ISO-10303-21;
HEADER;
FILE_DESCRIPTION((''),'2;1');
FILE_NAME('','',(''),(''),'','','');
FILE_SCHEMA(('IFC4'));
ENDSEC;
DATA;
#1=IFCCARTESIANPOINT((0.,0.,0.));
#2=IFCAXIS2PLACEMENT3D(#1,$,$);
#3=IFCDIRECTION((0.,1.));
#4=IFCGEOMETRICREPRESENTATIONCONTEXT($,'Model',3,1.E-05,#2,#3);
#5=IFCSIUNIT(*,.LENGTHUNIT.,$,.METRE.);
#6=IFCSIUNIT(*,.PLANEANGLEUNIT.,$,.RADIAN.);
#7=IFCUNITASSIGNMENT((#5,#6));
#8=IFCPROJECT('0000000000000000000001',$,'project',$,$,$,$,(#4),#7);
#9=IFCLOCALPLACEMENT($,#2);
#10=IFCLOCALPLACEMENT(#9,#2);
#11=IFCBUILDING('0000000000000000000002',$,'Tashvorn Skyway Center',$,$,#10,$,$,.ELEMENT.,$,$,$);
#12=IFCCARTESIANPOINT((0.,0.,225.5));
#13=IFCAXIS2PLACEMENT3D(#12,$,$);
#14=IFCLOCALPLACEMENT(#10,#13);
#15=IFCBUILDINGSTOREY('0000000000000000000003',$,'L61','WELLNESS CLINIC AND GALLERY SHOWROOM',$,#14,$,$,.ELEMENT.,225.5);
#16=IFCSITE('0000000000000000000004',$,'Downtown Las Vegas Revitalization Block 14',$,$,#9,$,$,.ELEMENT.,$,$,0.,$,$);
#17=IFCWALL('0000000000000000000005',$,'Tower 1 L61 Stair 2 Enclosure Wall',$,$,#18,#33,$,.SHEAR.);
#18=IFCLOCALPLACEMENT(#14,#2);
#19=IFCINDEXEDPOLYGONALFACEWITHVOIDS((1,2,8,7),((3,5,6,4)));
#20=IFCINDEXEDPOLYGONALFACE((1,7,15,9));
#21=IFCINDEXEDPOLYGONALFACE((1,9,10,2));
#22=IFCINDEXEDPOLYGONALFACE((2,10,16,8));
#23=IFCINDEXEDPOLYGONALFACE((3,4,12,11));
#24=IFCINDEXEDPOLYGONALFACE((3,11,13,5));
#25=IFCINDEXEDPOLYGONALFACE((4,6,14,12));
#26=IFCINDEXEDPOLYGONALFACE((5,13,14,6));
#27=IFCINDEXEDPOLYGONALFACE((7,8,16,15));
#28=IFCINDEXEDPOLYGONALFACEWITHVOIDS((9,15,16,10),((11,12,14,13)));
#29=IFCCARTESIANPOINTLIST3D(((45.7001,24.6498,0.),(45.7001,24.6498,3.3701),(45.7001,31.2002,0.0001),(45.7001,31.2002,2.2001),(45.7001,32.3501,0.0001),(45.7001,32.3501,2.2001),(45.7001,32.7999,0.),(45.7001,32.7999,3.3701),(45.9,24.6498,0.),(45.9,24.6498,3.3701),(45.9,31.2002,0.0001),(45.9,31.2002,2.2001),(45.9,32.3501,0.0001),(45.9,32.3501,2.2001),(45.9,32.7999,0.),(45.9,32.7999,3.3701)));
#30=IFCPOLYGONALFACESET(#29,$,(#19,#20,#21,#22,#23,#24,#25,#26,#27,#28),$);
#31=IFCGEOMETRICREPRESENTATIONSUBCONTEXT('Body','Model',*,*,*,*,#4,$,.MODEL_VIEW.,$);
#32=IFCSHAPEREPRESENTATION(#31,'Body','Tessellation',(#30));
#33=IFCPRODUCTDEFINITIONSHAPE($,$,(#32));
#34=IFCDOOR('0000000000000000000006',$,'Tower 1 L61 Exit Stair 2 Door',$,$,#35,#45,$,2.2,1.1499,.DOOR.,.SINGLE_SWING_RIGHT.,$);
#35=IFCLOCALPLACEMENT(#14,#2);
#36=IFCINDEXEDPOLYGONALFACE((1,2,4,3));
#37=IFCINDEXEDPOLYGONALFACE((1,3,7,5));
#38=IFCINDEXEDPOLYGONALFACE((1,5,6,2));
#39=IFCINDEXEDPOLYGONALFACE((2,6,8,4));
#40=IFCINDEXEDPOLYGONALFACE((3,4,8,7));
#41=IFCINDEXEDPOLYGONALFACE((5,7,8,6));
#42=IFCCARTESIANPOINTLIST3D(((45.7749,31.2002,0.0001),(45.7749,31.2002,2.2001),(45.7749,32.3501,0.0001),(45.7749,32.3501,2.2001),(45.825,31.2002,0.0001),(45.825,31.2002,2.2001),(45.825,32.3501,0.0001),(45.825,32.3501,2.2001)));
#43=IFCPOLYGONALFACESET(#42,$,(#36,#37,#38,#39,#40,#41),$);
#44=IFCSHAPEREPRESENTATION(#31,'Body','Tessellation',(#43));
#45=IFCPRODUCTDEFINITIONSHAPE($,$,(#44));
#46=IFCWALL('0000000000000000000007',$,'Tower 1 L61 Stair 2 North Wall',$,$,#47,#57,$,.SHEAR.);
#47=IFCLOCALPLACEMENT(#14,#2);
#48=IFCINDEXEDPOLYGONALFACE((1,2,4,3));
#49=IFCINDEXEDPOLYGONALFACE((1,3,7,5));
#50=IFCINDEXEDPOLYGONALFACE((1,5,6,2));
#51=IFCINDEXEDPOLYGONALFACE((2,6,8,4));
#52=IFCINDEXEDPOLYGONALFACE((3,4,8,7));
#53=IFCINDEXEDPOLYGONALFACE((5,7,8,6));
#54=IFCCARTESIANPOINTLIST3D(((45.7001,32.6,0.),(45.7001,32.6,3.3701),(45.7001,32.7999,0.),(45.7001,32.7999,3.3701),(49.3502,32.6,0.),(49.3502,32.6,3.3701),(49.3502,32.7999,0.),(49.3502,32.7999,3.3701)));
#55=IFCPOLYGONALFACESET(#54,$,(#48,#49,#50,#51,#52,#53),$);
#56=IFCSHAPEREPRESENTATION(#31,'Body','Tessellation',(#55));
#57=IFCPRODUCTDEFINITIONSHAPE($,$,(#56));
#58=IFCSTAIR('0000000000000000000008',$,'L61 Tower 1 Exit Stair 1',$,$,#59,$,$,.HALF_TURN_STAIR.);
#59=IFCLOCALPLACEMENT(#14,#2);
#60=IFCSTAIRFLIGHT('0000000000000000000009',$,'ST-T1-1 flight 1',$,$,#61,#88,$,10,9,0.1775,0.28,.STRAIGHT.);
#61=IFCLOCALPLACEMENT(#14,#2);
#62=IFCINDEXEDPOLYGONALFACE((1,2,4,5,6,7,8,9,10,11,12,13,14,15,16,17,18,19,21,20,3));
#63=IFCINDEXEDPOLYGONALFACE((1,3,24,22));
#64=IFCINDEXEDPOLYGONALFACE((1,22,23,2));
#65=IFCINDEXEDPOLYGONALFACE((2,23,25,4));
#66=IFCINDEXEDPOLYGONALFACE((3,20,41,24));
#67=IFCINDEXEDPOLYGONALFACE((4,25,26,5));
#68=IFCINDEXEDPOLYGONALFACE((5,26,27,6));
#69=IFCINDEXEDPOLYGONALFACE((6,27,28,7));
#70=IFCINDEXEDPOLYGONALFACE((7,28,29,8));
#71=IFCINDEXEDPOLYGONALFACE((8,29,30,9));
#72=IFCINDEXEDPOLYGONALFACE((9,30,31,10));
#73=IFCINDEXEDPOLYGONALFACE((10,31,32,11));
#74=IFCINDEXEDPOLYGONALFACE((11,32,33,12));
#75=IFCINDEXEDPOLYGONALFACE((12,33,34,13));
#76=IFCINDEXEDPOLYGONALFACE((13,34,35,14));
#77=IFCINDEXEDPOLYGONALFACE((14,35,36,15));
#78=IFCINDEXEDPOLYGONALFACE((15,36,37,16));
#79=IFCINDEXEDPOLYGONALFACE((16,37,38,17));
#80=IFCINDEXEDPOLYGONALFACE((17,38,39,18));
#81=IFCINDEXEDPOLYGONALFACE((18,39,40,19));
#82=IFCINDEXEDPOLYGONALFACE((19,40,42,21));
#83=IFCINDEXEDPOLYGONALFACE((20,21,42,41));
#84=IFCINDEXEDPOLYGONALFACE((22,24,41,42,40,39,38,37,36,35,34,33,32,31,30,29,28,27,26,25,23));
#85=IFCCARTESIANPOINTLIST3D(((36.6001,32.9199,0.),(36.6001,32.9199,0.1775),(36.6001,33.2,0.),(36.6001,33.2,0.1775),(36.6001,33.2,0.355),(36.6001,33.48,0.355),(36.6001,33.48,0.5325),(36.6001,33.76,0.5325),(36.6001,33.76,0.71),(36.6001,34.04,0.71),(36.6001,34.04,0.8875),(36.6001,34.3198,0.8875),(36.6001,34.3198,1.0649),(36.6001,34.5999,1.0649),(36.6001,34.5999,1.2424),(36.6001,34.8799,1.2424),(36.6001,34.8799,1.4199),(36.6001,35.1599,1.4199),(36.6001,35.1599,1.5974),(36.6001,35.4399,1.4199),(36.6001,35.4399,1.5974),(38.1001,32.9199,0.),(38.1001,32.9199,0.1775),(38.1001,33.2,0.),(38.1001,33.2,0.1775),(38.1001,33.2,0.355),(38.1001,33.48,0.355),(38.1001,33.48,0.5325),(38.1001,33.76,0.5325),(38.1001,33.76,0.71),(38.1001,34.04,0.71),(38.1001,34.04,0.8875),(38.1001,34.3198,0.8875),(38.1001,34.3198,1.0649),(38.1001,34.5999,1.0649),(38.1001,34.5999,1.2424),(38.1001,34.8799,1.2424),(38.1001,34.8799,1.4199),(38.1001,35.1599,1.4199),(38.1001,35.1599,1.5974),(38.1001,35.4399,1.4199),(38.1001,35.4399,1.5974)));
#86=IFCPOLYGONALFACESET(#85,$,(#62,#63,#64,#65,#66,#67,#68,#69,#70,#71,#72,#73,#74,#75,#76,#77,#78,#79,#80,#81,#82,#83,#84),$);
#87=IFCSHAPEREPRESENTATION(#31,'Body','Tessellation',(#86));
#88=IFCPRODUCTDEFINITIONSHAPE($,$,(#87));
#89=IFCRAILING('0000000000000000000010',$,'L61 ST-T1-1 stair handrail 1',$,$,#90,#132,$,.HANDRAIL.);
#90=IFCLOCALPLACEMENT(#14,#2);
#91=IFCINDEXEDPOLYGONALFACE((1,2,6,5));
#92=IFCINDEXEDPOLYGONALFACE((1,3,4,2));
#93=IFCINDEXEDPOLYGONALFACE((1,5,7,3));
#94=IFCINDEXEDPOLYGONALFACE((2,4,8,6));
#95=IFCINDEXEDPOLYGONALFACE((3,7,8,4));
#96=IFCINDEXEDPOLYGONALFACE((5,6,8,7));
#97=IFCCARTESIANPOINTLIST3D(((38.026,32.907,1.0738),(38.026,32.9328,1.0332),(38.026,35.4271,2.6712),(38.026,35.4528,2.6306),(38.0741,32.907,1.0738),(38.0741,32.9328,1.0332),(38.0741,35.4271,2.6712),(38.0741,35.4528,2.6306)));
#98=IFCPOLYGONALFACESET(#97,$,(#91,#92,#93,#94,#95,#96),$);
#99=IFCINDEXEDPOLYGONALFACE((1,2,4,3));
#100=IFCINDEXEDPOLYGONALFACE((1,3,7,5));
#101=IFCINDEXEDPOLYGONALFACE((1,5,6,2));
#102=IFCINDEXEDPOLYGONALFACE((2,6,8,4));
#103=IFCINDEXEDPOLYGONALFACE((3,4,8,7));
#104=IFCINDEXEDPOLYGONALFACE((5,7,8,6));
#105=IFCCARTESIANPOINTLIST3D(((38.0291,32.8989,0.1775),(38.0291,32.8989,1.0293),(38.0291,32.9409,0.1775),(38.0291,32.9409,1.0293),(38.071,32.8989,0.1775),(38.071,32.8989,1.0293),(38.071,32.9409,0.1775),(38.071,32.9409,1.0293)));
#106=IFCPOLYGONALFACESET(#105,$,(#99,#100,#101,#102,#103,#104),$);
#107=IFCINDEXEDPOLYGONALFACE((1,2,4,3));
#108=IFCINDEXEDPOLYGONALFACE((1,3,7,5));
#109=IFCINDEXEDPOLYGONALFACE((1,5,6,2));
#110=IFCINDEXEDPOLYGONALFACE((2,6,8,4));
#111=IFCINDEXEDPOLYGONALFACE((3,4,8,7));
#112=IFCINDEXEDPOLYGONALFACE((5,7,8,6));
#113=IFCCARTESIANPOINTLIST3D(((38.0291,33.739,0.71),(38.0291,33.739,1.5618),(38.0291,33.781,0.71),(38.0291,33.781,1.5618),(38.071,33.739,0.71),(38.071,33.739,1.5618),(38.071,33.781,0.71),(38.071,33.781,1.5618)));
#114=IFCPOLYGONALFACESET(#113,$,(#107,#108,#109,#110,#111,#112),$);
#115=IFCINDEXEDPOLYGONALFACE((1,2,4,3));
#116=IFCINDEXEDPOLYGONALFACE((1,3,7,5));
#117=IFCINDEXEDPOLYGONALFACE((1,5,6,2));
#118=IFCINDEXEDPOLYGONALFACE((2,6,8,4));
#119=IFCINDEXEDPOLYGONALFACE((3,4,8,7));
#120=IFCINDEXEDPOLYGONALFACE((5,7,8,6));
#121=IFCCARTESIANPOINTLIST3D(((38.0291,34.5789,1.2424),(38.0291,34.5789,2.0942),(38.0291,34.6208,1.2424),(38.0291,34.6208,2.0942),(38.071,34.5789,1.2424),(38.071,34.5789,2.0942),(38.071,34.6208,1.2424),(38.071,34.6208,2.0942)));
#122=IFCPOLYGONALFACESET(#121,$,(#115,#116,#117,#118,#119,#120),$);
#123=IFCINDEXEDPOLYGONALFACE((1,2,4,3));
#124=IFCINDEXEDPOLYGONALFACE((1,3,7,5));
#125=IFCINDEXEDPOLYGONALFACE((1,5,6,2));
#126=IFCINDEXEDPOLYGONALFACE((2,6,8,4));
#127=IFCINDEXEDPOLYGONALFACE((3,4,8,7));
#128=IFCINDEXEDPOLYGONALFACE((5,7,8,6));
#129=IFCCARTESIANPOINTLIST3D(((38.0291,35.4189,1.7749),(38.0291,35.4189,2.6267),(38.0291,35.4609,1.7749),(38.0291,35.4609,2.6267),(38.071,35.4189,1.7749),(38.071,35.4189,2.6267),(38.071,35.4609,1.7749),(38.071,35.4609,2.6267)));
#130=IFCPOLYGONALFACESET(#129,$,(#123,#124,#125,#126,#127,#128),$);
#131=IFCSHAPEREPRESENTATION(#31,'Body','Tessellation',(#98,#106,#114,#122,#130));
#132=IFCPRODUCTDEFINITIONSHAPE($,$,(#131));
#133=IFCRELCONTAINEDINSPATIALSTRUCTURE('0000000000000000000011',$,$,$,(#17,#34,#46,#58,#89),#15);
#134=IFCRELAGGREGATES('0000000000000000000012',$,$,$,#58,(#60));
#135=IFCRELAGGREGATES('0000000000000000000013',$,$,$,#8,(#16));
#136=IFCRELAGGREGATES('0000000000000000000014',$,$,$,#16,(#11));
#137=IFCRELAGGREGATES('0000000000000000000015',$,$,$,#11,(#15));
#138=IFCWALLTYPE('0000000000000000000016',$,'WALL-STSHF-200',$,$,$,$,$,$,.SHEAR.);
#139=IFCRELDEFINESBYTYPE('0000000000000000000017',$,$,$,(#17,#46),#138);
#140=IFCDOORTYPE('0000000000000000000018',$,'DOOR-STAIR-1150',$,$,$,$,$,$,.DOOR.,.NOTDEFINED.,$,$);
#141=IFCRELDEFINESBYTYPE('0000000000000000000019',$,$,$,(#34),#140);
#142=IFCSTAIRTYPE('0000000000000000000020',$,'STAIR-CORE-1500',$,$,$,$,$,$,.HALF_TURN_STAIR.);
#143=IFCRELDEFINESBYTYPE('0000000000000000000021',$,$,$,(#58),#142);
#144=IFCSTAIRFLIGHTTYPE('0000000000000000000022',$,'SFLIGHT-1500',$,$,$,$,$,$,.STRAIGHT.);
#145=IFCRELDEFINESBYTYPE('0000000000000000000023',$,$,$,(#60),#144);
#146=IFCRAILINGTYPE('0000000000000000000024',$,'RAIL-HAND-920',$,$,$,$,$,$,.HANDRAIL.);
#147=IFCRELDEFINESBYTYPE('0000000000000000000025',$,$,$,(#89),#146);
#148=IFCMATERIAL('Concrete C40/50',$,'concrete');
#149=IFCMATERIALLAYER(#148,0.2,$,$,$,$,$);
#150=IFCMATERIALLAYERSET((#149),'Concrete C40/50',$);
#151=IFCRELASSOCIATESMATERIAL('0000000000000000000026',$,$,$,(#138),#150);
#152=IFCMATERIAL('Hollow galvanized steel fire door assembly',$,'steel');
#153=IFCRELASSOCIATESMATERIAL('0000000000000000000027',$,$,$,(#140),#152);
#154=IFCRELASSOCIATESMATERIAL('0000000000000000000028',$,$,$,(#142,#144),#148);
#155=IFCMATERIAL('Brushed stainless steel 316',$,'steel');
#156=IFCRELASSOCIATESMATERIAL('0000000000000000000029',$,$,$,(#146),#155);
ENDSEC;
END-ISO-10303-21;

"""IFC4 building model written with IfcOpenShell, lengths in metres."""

from ifc_helpers import new_model, si_unit, direction, frame, frame_2d, origin, origin_2d, place, context, subcontext, project, spatial, polyline, rectangle, outline, extrude, material, layer, layer_set, type_object, element, fill, aggregate, save


model = new_model("IFC4")

# Units and contexts
model_context = context("Model", 3, precision=1e-05, world=origin(), true_north=direction((0.0, 1.0)))
body_context = subcontext(model_context, "Body", "Model", "MODEL_VIEW")
ifc_project = project(units=[si_unit("LENGTHUNIT", "METRE"), si_unit("PLANEANGLEUNIT", "RADIAN")], contexts=[model_context])

# Site, building, storey
site_placement = place(None, origin())
site = spatial("IfcSite", under=ifc_project, at=site_placement, Name="Downtown Las Vegas Revitalization Block 14", CompositionType="ELEMENT", RefElevation=0.0)
building_placement = place(site_placement, origin())
building = spatial("IfcBuilding", under=site, at=building_placement, Name="Tashvorn Skyway Center", CompositionType="ELEMENT")
storey_placement = place(building_placement, frame((0.0, 0.0, 225.5)))
storey = spatial("IfcBuildingStorey", under=building, at=storey_placement, Name="L61", Description="WELLNESS CLINIC AND GALLERY SHOWROOM", CompositionType="ELEMENT", Elevation=225.5)

# Shared definitions
ifc_material_1 = material(Name="Concrete C40/50", Category="concrete")

# Shared definitions
ifc_material_2 = material(Name="Hollow galvanized steel fire door assembly", Category="steel")

# Wall, opening, door
ifc_layer_1 = layer(ifc_material_1, 0.2)
ifc_layer_set_1 = layer_set([ifc_layer_1], Name="Concrete C40/50")
wall_type_1 = type_object("IfcWallType", Name="WALL-STSHF-200", PredefinedType="SHEAR", material=ifc_layer_set_1)
wall_1_placement = place(storey_placement, frame((45.8, 32.8, 0.0), z_axis=(0.0, 0.0, 1.0), x_axis=(0.0, -1.0, 0.0)))
wall_1 = element("IfcWall", 1, at=wall_1_placement, inside=storey, type_object=wall_type_1, Name="Tower 1 L61 Stair 2 Enclosure Wall", PredefinedType="SHEAR", context=body_context, shape_type="SweptSolid", body=[
    extrude(rectangle(XDim=8.1501, YDim=0.2, at=frame_2d((4.0752, 0.0))), origin(), (0.0, 0.0, 1.0), 3.3701),
])
opening_1_placement = place(wall_1_placement, frame((0.45, 0.0, 0.0)))
opening_1 = element("IfcOpeningElement", 2, at=opening_1_placement, cuts=wall_1, PredefinedType="OPENING", context=body_context, shape_type="SweptSolid", body=[
    extrude(rectangle(XDim=1.1499, YDim=2.2, at=frame_2d((0.575, 1.1001))), frame((0.0, 0.1099, 0.0), z_axis=(0.0, -1.0, 0.0), x_axis=(1.0, 0.0, 0.0)), (0.0, 0.0, 1.0), 0.22),
])
door_type_1 = type_object("IfcDoorType", Name="DOOR-STAIR-1150", OperationType="NOTDEFINED", PredefinedType="DOOR", material=ifc_material_2)
door_1_placement = place(opening_1_placement, origin())
door_1 = element("IfcDoor", 3, at=door_1_placement, inside=storey, type_object=door_type_1, Name="Tower 1 L61 Exit Stair 2 Door", OperationType="SINGLE_SWING_RIGHT", OverallHeight=2.2, OverallWidth=1.1499, PredefinedType="DOOR", context=body_context, shape_type="SweptSolid", body=[
    extrude(rectangle(XDim=1.1499, YDim=2.2, at=frame_2d((0.575, 1.1001))), frame((0.0, 0.0249, 0.0), z_axis=(0.0, -1.0, 0.0), x_axis=(1.0, 0.0, 0.0)), (0.0, 0.0, 1.0), 0.05),
])
fill(opening_1, door_1)

# Wall
wall_2_placement = place(storey_placement, frame((45.7, 32.7, 0.0), z_axis=(0.0, 0.0, 1.0), x_axis=(1.0, 0.0, 0.0)))
element("IfcWall", 4, at=wall_2_placement, inside=storey, type_object=wall_type_1, Name="Tower 1 L61 Stair 2 North Wall", PredefinedType="SHEAR", context=body_context, shape_type="SweptSolid", body=[
    extrude(rectangle(XDim=3.6501, YDim=0.2, at=frame_2d((1.8252, 0.0))), origin(), (0.0, 0.0, 1.0), 3.3701),
])

# Stair, stair flight
stair_type = type_object("IfcStairType", Name="STAIR-CORE-1500", PredefinedType="HALF_TURN_STAIR", material=ifc_material_1)
stair_placement = place(storey_placement, origin())
stair = element("IfcStair", 5, at=stair_placement, inside=storey, type_object=stair_type, Name="L61 Tower 1 Exit Stair 1", PredefinedType="HALF_TURN_STAIR")
stair_flight_type = type_object("IfcStairFlightType", Name="SFLIGHT-1500", PredefinedType="STRAIGHT", material=ifc_material_1)
stair_flight_placement = place(storey_placement, frame((37.3501, 32.9199, 0.0), z_axis=(0.0, 0.0, 1.0), x_axis=(0.0, 1.0, 0.0)))
stair_flight = element("IfcStairFlight", 6, at=stair_flight_placement, type_object=stair_flight_type, Name="ST-T1-1 flight 1", NumberOfRisers=10, NumberOfTreads=9, PredefinedType="STRAIGHT", RiserHeight=0.1775, TreadLength=0.28, context=body_context, shape_type="SweptSolid", body=[
    extrude(outline(polyline([(0.0, 0.0), (0.0, 0.1775), (0.28, 0.1775), (0.28, 0.355), (0.5601, 0.355), (0.5601, 0.5325), (0.8401, 0.5325), (0.8401, 0.71), (1.1201, 0.71), (1.1201, 0.8875), (1.3999, 0.8875), (1.3999, 1.0649), (1.6799, 1.0649), (1.6799, 1.2424), (1.96, 1.2424), (1.96, 1.4199), (2.24, 1.4199), (2.24, 1.5974), (2.52, 1.5974), (2.52, 1.7749), (2.52, 1.4199), (0.28, 0.0), (0.0, 0.0)])), frame((0.0, 0.75, 0.0), z_axis=(0.0, -1.0, 0.0), x_axis=(1.0, 0.0, 0.0)), (0.0, 0.0, 1.0), 1.5),
])
aggregate(stair, [stair_flight])

# Railing
ifc_material_3 = material(Name="Brushed stainless steel 316", Category="steel")
railing_type = type_object("IfcRailingType", Name="RAIL-HAND-920", PredefinedType="HANDRAIL", material=ifc_material_3)
railing_placement = place(storey_placement, frame((38.05, 32.9199, 0.1775)))
element("IfcRailing", 7, at=railing_placement, inside=storey, type_object=railing_type, Name="L61 ST-T1-1 stair handrail 1", PredefinedType="HANDRAIL", context=body_context, shape_type="SweptSolid", body=[
    extrude(rectangle(XDim=0.0481, YDim=0.0481, at=origin_2d()), frame((0.0, 0.0, 0.876), z_axis=(0.0, 0.844607, 0.535387), x_axis=(-1.0, 0.0, 0.0)), (0.0, 0.0, 1.0), 2.9836),
    extrude(rectangle(XDim=0.042, YDim=0.042, at=origin_2d()), origin(), (0.0, 0.0, 1.0), 0.8518),
    extrude(rectangle(XDim=0.042, YDim=0.042, at=origin_2d()), frame((0.0, 0.8401, 0.5325)), (0.0, 0.0, 1.0), 0.8518),
    extrude(rectangle(XDim=0.042, YDim=0.042, at=origin_2d()), frame((0.0, 1.6799, 1.0649)), (0.0, 0.0, 1.0), 0.8518),
    extrude(rectangle(XDim=0.042, YDim=0.042, at=origin_2d()), frame((0.0, 2.52, 1.5974)), (0.0, 0.0, 1.0), 0.8518),
])

save(model, "model.ifc")
